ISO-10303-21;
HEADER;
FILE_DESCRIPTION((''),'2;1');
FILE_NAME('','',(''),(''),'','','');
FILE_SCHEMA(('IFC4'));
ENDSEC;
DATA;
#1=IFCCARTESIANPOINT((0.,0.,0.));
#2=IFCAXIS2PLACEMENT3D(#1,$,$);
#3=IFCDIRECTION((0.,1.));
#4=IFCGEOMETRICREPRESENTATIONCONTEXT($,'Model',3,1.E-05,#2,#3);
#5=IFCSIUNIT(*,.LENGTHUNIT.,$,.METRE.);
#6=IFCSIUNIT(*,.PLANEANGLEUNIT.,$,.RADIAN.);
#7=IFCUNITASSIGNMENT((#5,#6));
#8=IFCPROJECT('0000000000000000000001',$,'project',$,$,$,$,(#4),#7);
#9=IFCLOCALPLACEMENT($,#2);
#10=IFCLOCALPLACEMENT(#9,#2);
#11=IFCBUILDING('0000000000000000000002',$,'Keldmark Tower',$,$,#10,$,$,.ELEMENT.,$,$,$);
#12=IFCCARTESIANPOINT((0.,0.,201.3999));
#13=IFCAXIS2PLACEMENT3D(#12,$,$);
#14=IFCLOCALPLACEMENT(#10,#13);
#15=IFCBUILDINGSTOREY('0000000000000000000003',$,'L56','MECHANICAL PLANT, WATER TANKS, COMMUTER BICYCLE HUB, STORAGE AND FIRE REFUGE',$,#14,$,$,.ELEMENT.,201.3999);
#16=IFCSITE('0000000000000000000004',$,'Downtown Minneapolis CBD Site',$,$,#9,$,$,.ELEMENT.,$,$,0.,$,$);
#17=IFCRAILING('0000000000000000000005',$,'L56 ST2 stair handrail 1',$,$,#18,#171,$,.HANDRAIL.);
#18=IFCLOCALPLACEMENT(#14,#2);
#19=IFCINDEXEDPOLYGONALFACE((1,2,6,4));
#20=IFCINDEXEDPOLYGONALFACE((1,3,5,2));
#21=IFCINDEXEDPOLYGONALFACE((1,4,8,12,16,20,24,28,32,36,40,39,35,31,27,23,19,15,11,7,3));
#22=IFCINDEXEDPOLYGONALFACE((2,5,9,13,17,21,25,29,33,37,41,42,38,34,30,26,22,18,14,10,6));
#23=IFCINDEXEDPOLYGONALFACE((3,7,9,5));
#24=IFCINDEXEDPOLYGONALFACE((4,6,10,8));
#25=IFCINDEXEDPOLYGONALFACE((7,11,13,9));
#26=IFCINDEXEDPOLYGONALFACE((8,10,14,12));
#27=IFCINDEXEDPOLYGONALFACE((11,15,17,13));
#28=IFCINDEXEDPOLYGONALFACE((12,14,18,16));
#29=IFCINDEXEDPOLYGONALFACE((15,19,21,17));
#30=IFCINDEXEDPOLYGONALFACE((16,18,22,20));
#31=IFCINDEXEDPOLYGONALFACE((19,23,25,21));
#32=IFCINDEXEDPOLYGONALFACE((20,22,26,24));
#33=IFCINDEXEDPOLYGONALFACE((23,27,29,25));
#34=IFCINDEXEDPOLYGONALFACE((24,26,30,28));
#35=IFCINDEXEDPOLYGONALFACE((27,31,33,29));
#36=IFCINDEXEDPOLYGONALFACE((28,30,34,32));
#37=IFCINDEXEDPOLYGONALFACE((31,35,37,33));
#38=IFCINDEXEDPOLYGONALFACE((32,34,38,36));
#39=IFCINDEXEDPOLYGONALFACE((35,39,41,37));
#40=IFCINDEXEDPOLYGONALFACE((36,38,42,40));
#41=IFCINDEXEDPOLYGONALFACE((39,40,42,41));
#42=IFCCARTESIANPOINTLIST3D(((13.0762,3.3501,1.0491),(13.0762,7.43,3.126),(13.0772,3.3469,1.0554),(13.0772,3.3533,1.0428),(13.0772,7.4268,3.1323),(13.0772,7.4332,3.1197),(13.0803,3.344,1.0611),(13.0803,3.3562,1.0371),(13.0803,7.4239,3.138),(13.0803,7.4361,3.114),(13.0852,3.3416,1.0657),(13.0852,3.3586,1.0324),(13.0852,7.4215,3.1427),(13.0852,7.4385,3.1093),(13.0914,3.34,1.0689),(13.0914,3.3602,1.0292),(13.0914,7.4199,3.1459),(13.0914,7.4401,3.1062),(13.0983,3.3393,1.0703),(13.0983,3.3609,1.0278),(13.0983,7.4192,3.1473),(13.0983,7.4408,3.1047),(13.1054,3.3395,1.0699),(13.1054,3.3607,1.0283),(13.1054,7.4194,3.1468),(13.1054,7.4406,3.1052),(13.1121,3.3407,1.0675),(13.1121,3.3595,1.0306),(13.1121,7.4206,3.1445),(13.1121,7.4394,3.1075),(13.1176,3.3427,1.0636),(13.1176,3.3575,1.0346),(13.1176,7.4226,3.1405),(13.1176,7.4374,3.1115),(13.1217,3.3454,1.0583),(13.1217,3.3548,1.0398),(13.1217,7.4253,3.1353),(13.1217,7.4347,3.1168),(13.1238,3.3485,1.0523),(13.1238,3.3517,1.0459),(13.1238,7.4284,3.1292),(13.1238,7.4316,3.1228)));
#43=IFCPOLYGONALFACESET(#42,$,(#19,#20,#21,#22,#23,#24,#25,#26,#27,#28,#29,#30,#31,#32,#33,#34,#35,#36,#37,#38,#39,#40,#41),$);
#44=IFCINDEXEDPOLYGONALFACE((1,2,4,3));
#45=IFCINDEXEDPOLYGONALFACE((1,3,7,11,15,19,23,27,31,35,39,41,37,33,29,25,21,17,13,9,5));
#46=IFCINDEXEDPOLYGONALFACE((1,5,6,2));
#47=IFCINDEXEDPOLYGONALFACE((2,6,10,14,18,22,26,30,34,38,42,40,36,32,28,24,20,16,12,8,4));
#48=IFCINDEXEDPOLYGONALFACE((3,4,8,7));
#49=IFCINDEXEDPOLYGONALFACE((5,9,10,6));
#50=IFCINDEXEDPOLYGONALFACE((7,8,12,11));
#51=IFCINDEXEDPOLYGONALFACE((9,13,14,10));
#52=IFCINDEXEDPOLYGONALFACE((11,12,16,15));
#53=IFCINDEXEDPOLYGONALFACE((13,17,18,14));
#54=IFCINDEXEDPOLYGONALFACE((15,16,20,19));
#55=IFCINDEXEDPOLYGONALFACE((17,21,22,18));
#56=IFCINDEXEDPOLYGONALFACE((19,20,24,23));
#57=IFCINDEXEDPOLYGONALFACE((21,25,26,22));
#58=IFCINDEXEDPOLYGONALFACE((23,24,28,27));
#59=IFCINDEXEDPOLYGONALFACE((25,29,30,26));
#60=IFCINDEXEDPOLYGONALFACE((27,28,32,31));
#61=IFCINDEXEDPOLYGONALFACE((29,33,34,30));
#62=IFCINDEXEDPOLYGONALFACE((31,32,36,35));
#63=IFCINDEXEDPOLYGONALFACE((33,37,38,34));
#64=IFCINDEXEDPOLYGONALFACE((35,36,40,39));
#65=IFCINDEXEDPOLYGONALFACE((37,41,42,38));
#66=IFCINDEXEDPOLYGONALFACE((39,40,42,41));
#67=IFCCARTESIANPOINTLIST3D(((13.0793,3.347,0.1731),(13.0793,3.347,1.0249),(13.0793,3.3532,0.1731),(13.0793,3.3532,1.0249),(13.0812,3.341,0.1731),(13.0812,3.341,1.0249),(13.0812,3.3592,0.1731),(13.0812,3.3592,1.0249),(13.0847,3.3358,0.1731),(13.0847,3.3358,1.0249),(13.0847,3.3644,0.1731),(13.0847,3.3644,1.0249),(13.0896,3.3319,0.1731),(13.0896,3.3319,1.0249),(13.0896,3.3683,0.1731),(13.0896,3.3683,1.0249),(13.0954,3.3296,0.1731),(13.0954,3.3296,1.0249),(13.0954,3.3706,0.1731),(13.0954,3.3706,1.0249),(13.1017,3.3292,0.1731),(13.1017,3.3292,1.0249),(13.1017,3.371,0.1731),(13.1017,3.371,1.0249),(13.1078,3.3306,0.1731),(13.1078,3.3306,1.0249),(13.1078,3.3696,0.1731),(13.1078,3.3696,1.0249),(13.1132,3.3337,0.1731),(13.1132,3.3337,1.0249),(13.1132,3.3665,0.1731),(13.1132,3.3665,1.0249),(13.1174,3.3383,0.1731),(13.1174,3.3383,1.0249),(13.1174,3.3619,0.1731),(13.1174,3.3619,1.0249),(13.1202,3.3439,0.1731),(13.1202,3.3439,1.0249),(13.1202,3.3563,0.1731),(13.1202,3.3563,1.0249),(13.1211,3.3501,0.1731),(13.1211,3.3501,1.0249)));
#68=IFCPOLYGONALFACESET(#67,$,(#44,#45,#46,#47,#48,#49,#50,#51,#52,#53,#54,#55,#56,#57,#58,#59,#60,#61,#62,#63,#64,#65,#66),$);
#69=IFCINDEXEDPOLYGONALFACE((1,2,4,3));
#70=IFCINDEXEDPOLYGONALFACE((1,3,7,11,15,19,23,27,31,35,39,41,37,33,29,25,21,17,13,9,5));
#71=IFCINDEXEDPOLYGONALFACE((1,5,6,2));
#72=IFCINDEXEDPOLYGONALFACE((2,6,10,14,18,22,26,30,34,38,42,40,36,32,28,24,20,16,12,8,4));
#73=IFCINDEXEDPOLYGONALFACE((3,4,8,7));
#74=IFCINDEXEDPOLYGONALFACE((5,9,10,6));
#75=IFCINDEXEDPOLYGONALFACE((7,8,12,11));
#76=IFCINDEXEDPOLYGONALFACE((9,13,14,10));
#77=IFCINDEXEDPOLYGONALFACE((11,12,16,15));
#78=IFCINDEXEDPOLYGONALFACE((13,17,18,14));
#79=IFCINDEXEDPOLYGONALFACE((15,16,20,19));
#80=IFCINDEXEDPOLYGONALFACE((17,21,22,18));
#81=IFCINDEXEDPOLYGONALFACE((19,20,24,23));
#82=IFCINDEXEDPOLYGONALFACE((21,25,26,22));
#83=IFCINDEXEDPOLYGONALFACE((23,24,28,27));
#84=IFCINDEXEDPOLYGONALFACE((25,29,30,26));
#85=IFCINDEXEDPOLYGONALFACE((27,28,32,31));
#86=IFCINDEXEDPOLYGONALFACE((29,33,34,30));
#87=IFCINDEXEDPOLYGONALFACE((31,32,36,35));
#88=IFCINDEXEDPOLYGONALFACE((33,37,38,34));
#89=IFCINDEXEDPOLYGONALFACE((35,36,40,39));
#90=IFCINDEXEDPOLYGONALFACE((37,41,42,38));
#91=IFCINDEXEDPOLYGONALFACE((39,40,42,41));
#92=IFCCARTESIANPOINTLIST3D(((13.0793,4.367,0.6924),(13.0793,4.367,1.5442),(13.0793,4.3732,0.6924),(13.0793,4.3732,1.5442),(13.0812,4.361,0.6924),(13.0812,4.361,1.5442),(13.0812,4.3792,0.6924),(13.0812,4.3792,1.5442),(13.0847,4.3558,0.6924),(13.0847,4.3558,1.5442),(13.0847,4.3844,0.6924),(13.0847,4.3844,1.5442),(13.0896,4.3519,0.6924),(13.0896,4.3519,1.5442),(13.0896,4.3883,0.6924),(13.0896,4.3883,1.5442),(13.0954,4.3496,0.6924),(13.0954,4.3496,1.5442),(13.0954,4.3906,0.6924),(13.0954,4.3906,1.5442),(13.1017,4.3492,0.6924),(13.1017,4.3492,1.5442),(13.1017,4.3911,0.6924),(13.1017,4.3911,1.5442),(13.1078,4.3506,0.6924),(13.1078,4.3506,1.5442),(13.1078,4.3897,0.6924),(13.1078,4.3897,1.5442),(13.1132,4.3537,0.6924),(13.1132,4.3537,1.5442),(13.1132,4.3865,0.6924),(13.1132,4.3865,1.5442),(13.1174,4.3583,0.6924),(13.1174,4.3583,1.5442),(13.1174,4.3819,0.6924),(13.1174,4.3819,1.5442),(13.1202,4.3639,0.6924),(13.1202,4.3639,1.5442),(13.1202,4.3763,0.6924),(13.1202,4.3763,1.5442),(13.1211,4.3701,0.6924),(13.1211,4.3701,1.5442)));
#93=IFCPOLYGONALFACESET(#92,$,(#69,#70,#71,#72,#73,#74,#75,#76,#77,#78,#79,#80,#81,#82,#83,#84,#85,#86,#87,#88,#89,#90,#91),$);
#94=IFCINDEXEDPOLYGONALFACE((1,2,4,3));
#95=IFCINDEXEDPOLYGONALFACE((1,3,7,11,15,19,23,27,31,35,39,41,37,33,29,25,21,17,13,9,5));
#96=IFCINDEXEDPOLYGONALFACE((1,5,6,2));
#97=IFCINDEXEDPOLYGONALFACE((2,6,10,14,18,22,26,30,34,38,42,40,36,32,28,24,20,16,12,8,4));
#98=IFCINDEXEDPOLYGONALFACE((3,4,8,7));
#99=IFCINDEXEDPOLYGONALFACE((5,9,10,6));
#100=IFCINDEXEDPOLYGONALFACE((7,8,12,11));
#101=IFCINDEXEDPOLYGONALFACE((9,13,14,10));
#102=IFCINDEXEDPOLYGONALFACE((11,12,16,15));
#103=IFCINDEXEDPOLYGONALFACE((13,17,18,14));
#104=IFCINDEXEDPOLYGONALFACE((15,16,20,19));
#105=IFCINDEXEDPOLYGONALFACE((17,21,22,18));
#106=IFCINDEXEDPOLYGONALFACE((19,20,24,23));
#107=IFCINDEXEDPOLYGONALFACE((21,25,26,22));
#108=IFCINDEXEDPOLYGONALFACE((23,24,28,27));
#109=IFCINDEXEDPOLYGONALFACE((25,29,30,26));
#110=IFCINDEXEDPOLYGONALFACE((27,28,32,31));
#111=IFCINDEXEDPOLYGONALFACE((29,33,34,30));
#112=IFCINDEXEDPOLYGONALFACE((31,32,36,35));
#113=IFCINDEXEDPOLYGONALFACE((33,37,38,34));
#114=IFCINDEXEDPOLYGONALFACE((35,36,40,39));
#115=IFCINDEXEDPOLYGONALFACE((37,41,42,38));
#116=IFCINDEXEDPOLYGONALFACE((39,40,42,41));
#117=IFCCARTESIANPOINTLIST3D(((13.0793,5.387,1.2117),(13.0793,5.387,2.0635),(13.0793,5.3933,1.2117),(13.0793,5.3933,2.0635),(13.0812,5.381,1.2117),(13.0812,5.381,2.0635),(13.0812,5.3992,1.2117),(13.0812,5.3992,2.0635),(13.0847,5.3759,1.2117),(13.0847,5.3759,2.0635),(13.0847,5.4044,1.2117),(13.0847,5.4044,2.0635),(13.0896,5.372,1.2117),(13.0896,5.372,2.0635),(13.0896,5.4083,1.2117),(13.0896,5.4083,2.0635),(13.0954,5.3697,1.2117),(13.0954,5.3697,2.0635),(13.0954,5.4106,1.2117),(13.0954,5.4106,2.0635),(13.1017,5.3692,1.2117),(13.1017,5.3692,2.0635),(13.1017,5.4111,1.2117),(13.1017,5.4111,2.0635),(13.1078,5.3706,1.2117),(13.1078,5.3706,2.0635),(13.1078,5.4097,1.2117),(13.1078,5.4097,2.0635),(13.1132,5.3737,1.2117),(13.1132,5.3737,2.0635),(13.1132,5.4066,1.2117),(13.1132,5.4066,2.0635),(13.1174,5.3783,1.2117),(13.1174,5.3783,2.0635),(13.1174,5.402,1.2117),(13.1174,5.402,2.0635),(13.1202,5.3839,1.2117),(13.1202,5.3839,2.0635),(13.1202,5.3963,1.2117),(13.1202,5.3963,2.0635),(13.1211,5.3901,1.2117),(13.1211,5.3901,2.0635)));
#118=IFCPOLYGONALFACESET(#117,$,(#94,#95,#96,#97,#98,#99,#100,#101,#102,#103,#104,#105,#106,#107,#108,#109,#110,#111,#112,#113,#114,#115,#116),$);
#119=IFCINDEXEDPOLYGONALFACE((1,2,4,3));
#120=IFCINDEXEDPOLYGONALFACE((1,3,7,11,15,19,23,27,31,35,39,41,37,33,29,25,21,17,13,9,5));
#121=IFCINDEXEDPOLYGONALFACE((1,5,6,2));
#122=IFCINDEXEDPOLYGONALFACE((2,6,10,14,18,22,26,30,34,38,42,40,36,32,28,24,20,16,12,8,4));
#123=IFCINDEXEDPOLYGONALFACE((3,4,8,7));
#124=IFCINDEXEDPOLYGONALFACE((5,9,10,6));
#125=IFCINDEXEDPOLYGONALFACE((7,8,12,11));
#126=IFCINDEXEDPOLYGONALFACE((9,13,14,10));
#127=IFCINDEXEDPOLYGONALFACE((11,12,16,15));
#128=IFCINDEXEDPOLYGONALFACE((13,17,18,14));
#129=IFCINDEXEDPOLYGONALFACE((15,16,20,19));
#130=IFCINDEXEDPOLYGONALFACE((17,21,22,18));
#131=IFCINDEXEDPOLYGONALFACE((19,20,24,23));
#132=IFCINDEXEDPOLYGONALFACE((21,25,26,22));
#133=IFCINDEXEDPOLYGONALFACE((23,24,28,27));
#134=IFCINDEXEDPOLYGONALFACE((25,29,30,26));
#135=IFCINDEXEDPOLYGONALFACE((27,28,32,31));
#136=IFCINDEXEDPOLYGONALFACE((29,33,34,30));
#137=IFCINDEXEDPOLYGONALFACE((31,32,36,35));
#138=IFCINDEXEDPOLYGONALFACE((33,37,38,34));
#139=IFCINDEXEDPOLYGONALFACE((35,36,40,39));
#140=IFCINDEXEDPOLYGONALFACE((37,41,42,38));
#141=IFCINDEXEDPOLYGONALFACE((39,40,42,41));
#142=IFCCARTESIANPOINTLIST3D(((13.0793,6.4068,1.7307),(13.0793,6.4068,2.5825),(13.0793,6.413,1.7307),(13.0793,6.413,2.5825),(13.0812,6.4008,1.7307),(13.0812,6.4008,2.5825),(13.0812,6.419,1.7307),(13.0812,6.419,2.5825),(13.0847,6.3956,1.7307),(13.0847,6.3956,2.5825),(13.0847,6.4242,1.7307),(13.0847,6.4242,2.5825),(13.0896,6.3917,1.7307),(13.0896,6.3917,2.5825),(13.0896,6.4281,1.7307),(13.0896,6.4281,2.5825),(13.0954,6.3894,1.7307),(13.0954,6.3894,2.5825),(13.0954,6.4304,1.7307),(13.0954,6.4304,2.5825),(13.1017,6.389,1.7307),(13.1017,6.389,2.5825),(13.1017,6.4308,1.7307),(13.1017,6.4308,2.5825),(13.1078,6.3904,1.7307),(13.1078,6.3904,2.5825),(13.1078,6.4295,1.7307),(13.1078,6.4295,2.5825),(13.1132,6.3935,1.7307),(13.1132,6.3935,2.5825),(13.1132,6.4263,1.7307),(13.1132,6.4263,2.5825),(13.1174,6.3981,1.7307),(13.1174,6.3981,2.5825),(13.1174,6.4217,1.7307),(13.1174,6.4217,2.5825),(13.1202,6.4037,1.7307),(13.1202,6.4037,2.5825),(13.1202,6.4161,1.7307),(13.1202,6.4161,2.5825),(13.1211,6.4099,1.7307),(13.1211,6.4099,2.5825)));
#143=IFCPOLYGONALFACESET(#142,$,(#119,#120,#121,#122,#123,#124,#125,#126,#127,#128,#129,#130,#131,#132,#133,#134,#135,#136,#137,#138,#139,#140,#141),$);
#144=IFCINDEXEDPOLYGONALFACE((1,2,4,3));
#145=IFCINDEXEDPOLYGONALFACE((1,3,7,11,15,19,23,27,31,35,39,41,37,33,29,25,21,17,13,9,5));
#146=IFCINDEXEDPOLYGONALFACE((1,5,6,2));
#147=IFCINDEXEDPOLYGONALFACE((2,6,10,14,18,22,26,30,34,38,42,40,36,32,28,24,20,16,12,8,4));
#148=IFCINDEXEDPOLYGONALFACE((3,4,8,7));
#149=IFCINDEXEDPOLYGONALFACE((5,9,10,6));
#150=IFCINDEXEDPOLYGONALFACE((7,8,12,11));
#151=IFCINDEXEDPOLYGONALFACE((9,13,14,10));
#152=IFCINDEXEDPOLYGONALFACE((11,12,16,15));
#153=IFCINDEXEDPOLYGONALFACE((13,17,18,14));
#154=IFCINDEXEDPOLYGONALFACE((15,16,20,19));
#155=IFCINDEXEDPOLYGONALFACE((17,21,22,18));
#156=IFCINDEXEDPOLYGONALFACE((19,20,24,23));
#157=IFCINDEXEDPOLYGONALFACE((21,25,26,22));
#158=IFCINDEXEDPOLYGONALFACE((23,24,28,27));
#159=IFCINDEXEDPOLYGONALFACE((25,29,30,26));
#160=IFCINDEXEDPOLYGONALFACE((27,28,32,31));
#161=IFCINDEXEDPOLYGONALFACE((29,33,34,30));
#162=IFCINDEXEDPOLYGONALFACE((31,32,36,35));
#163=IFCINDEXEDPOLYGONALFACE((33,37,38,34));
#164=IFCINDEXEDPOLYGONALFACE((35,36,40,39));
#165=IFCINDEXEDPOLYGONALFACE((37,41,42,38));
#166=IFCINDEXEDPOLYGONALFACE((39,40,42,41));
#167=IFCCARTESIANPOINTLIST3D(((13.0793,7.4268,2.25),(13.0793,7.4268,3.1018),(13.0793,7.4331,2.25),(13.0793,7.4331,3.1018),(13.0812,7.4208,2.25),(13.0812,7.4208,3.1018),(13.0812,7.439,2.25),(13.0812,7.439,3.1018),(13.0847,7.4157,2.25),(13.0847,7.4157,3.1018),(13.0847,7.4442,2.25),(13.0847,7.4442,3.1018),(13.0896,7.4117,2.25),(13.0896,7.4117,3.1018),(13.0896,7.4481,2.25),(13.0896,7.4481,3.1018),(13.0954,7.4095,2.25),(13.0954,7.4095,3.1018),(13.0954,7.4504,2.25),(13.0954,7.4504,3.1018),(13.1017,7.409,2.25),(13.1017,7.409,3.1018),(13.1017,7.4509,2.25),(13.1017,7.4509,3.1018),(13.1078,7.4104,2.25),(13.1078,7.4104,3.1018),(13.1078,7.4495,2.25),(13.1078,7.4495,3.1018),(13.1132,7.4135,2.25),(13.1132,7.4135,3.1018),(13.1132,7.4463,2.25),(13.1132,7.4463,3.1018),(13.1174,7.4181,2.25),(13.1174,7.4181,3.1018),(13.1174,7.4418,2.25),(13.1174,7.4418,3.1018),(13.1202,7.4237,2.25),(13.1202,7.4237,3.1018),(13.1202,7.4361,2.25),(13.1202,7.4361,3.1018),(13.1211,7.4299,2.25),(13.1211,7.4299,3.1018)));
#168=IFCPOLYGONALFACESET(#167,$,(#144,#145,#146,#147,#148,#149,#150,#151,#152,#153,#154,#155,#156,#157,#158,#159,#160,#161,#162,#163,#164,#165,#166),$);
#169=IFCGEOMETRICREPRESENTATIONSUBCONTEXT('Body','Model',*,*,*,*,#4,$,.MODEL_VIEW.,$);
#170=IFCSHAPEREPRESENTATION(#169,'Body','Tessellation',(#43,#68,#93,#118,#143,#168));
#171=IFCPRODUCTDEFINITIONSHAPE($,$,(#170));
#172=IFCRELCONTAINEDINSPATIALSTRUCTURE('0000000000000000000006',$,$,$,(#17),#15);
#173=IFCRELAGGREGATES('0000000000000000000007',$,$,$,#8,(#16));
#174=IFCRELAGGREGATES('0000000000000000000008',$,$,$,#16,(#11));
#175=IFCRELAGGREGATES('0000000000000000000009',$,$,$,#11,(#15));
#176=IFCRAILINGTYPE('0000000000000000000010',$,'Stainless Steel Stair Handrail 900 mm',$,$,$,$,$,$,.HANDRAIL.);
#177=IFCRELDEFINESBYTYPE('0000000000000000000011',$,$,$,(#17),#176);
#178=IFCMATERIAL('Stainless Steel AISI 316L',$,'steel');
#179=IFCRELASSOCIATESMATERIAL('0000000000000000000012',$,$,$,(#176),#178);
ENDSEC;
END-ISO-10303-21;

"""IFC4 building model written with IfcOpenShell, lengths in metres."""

from ifc_helpers import new_model, si_unit, direction, frame, origin, origin_2d, place, context, subcontext, project, spatial, circle, extrude, material, type_object, element, save


model = new_model("IFC4")

# Units and contexts
model_context = context("Model", 3, precision=1e-05, world=origin(), true_north=direction((0.0, 1.0)))
body_context = subcontext(model_context, "Body", "Model", "MODEL_VIEW")
ifc_project = project(units=[si_unit("LENGTHUNIT", "METRE"), si_unit("PLANEANGLEUNIT", "RADIAN")], contexts=[model_context])

# Site, building, storey
site_placement = place(None, origin())
site = spatial("IfcSite", under=ifc_project, at=site_placement, Name="Downtown Minneapolis CBD Site", CompositionType="ELEMENT", RefElevation=0.0)
building_placement = place(site_placement, origin())
building = spatial("IfcBuilding", under=site, at=building_placement, Name="Keldmark Tower", CompositionType="ELEMENT")
storey_placement = place(building_placement, frame((0.0, 0.0, 201.3999)))
storey = spatial("IfcBuildingStorey", under=building, at=storey_placement, Name="L56", Description="MECHANICAL PLANT, WATER TANKS, COMMUTER BICYCLE HUB, STORAGE AND FIRE REFUGE", CompositionType="ELEMENT", Elevation=201.3999)

# Railing
ifc_material_1 = material(Name="Stainless Steel AISI 316L", Category="steel")
railing_type = type_object("IfcRailingType", Name="Stainless Steel Stair Handrail 900 mm", PredefinedType="HANDRAIL", material=ifc_material_1)
railing_placement = place(storey_placement, frame((13.1001, 3.3501, 0.1731)))
element("IfcRailing", 1, at=railing_placement, inside=storey, type_object=railing_type, Name="L56 ST2 stair handrail 1", PredefinedType="HANDRAIL", context=body_context, shape_type="SweptSolid", body=[
    extrude(circle(Radius=0.0239, at=origin_2d()), frame((0.0, 0.0, 0.876), z_axis=(0.0, 0.891172, 0.453665), x_axis=(-1.0, 0.0, 0.0)), (0.0, 0.0, 1.0), 4.5781),
    extrude(circle(Radius=0.021, at=origin_2d()), origin(), (0.0, 0.0, 1.0), 0.8518),
    extrude(circle(Radius=0.021, at=origin_2d()), frame((0.0, 1.02, 0.5193)), (0.0, 0.0, 1.0), 0.8518),
    extrude(circle(Radius=0.021, at=origin_2d()), frame((0.0, 2.04, 1.0386)), (0.0, 0.0, 1.0), 0.8518),
    extrude(circle(Radius=0.021, at=origin_2d()), frame((0.0, 3.0598, 1.5576)), (0.0, 0.0, 1.0), 0.8518),
    extrude(circle(Radius=0.021, at=origin_2d()), frame((0.0, 4.0798, 2.0769)), (0.0, 0.0, 1.0), 0.8518),
])

save(model, "model.ifc")
